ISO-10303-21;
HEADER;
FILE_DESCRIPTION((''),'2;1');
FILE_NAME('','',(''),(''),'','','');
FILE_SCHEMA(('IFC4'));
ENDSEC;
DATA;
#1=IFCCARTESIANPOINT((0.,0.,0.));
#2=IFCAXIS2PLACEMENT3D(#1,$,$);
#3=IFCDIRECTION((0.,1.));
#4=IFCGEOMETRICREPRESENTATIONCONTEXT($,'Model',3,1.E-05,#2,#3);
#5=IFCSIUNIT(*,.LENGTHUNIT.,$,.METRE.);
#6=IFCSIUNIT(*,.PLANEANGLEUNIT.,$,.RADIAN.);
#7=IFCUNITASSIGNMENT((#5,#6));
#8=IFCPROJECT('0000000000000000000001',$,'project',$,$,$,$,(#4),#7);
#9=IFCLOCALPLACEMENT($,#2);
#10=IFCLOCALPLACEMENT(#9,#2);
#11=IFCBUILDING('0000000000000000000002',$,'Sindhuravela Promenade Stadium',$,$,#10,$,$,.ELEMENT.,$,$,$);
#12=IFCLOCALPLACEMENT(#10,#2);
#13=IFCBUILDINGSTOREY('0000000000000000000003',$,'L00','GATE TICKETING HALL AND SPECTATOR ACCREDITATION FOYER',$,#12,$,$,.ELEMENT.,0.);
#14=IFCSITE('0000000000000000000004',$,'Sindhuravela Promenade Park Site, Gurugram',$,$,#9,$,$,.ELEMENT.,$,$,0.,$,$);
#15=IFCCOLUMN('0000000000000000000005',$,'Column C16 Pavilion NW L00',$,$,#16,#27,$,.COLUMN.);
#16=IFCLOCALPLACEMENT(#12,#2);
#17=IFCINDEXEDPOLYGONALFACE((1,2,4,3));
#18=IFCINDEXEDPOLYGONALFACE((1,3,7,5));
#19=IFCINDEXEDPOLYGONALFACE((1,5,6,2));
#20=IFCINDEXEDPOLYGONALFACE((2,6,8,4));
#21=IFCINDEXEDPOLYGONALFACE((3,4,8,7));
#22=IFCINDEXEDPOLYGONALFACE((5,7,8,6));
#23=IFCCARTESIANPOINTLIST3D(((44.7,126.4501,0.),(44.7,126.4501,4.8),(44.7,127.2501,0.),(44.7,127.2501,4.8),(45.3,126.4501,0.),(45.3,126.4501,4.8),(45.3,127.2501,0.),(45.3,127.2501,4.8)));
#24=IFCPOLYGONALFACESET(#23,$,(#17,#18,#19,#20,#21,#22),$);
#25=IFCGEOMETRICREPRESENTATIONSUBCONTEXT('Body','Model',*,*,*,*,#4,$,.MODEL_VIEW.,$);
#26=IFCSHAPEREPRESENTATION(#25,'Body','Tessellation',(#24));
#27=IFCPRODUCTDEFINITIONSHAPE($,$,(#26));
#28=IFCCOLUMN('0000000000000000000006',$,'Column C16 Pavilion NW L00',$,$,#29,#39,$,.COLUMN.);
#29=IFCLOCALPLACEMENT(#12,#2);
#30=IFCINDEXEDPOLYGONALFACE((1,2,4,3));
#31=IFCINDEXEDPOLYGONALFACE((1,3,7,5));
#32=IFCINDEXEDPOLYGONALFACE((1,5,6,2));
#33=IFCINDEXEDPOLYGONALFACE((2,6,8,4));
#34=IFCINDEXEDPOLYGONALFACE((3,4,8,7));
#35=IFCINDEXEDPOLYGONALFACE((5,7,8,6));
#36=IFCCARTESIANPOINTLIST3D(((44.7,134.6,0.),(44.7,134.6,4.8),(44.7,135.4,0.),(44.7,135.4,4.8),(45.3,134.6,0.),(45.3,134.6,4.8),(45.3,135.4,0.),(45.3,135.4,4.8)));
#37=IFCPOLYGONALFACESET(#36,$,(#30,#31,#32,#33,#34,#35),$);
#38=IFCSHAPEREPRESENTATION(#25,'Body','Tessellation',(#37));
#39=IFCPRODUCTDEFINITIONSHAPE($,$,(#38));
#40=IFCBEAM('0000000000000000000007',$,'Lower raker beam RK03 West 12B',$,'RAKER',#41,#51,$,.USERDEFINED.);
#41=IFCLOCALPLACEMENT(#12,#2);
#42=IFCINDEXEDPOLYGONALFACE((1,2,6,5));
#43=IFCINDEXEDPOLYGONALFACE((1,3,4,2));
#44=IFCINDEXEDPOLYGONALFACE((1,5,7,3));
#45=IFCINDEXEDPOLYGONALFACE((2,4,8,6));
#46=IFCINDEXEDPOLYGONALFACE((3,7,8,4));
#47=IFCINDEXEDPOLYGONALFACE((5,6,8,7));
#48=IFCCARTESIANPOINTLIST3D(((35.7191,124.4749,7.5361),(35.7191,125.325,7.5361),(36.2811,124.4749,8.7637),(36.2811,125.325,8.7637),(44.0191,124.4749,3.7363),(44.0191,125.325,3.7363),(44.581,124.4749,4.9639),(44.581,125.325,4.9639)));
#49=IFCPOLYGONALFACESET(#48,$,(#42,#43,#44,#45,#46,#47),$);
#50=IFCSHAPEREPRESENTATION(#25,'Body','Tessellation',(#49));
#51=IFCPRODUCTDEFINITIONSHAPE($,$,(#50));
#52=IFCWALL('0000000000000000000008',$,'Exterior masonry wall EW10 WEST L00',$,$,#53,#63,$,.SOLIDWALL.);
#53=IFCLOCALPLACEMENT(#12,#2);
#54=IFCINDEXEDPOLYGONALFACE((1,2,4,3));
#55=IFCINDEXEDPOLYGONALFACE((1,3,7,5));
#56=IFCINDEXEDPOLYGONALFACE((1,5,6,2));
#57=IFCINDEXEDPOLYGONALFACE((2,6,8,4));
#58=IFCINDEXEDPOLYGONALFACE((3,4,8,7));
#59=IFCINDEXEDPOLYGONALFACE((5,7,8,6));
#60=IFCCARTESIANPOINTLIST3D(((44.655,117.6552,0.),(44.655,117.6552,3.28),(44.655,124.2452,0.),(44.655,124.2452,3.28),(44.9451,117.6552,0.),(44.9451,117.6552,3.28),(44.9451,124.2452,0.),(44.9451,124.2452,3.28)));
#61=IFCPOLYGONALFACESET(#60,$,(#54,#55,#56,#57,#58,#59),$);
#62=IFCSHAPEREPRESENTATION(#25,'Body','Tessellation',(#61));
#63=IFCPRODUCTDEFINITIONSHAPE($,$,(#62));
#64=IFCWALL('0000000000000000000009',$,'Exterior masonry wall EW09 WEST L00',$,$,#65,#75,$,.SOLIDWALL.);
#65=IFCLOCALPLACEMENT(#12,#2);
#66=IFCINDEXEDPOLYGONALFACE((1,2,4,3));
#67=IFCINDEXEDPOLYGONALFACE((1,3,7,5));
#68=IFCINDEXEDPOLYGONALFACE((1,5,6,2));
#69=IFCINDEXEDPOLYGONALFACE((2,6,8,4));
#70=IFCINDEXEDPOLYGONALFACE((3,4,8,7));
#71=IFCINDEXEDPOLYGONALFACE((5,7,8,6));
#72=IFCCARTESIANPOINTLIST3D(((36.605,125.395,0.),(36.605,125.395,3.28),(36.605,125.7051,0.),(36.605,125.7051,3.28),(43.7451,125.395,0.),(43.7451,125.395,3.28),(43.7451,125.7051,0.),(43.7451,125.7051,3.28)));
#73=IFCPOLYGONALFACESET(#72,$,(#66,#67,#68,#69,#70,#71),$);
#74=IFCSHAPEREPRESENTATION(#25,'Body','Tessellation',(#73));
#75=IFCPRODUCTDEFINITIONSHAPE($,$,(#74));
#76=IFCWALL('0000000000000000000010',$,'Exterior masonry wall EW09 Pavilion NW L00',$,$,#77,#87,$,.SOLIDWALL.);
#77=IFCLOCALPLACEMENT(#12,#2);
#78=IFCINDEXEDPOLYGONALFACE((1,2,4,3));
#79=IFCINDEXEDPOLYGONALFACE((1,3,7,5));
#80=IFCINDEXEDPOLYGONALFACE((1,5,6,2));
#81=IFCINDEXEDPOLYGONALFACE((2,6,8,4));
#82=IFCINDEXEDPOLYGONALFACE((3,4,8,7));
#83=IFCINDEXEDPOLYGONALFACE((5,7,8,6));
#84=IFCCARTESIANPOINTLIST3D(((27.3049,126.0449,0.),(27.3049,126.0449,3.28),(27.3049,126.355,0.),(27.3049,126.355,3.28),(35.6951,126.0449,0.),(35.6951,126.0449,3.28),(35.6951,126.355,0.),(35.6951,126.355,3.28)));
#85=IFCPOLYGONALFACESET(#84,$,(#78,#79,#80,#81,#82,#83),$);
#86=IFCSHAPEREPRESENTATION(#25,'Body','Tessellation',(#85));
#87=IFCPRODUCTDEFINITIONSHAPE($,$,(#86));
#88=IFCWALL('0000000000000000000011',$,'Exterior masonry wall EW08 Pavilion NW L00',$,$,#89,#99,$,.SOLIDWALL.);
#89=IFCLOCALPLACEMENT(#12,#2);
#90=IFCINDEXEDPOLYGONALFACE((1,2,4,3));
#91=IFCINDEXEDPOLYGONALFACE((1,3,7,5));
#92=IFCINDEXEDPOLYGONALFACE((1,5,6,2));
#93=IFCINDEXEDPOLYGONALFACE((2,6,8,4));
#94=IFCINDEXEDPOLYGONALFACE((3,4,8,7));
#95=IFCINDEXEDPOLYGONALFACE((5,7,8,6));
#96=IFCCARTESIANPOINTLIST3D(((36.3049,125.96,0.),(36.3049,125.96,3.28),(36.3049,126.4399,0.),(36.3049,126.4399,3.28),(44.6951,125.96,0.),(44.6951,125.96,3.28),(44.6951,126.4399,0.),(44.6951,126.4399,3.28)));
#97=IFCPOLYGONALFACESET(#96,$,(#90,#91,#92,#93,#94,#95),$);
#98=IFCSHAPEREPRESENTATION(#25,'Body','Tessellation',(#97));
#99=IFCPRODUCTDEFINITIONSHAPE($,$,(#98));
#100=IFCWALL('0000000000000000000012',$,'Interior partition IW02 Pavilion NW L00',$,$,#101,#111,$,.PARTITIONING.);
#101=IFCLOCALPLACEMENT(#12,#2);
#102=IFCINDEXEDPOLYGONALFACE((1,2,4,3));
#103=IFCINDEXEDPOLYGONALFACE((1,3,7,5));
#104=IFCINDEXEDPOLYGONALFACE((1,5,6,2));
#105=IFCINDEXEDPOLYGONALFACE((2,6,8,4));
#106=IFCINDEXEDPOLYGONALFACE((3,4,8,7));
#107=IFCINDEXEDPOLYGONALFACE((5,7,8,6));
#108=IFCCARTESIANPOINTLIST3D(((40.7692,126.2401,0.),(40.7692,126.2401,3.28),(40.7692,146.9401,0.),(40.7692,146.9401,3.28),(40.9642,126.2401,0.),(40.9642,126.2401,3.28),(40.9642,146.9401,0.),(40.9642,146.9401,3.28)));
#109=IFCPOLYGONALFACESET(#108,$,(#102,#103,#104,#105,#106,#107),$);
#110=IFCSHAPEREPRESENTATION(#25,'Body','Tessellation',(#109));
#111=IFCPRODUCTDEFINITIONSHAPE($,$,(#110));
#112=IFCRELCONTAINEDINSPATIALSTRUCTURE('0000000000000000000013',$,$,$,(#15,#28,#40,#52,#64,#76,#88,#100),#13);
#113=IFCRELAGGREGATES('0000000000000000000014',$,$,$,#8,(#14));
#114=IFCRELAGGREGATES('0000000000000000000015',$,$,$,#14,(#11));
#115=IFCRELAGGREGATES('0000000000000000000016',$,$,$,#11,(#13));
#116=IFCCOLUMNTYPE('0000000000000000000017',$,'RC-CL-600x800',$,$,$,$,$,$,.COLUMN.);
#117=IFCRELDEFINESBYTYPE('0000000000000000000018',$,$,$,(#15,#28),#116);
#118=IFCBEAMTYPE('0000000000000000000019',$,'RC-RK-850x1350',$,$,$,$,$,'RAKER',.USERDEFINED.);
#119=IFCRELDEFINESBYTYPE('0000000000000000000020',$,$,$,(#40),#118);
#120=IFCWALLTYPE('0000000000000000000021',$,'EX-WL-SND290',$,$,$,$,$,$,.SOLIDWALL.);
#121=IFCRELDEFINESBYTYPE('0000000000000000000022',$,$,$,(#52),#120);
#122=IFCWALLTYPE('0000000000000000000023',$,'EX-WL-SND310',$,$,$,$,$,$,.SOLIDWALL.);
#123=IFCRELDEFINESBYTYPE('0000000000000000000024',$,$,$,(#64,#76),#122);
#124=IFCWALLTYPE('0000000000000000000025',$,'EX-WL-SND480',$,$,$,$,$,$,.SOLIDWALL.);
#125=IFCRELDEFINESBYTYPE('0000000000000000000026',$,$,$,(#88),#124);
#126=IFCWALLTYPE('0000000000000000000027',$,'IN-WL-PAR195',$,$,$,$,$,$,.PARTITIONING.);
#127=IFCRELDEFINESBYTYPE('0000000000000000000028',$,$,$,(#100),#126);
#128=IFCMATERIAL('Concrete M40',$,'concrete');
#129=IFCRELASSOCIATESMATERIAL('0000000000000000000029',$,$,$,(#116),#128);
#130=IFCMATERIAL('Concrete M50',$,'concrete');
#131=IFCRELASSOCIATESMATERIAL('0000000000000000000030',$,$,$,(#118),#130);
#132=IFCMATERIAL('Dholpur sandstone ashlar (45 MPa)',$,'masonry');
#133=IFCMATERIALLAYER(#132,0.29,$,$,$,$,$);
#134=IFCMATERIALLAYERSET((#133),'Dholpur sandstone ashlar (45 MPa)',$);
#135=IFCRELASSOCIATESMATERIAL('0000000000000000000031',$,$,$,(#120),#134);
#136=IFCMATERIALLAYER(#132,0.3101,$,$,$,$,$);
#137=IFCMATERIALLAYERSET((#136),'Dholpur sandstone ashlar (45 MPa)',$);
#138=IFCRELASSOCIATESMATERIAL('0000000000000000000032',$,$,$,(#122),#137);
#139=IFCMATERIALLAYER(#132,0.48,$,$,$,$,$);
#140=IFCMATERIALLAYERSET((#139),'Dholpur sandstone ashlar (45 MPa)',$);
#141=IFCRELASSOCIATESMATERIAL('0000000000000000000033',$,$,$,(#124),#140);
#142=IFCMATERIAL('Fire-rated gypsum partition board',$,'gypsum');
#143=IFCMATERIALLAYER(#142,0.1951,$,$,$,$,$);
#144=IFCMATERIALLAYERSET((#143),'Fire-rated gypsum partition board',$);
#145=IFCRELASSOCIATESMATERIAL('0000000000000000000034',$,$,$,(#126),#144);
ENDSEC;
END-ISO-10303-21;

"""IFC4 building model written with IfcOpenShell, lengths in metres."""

from ifc_helpers import new_model, si_unit, direction, frame, frame_2d, origin, origin_2d, place, context, subcontext, project, spatial, rectangle, extrude, material, layer, layer_set, material_profile, profile_set, type_object, element, save


model = new_model("IFC4")

# Units and contexts
model_context = context("Model", 3, precision=1e-05, world=origin(), true_north=direction((0.0, 1.0)))
body_context = subcontext(model_context, "Body", "Model", "MODEL_VIEW")
ifc_project = project(units=[si_unit("LENGTHUNIT", "METRE"), si_unit("PLANEANGLEUNIT", "RADIAN")], contexts=[model_context])

# Site, building, storey
site_placement = place(None, origin())
site = spatial("IfcSite", under=ifc_project, at=site_placement, Name="Sindhuravela Promenade Park Site, Gurugram", CompositionType="ELEMENT", RefElevation=0.0)
building_placement = place(site_placement, origin())
building = spatial("IfcBuilding", under=site, at=building_placement, Name="Sindhuravela Promenade Stadium", CompositionType="ELEMENT")
storey_placement = place(building_placement, origin())
storey = spatial("IfcBuildingStorey", under=building, at=storey_placement, Name="L00", Description="GATE TICKETING HALL AND SPECTATOR ACCREDITATION FOYER", CompositionType="ELEMENT", Elevation=0.0)

# Shared definitions
ifc_material_1 = material(Name="Concrete M50", Category="concrete")

# Shared definitions
ifc_material_2 = material(Name="Concrete M40", Category="concrete")

# Columns
ifc_material_profile_1 = material_profile(ifc_material_2, rectangle(XDim=0.6001, YDim=0.8, at=origin_2d()), Name="RC 600x800")
ifc_profile_set_1 = profile_set([ifc_material_profile_1], Name="Concrete M40")
column_type_1 = type_object("IfcColumnType", Name="RC-CL-600x800", PredefinedType="COLUMN", material=ifc_profile_set_1)
for number, where, z_axis, x_axis, name in (
    (1, (45.0, 126.8501, 0.0), (0.0, 0.0, 1.0), (1.0, 0.0, 0.0), "Column C16 Pavilion NW L00"),
    (2, (45.0, 135.0, 0.0), (0.0, 0.0, 1.0), (1.0, 0.0, 0.0), "Column C16 Pavilion NW L00"),
):
    element("IfcColumn", number, at=place(storey_placement, frame(where, z_axis=z_axis, x_axis=x_axis)), inside=storey, type_object=column_type_1, Name=name, PredefinedType="COLUMN", context=body_context, shape_type="SweptSolid", body=[
        extrude(rectangle(XDim=0.6001, YDim=0.8, at=origin_2d()), origin(), (0.0, 0.0, 1.0), 4.8),
    ])

# Beam
ifc_material_profile_2 = material_profile(ifc_material_1, rectangle(XDim=0.8501, YDim=1.3501, at=origin_2d()), Name="RC 850x1350")
ifc_profile_set_2 = profile_set([ifc_material_profile_2], Name="Concrete M50")
beam_type = type_object("IfcBeamType", Name="RC-RK-850x1350", ElementType="RAKER", PredefinedType="USERDEFINED", material=ifc_profile_set_2)
beam_placement = place(storey_placement, frame((44.3, 124.8999, 4.3501), z_axis=(-0.909247, 0.0, 0.416258), x_axis=(0.0, -1.0, 0.0)))
element("IfcBeam", 3, at=beam_placement, inside=storey, type_object=beam_type, Name="Lower raker beam RK03 West 12B", ObjectType="RAKER", PredefinedType="USERDEFINED", context=body_context, shape_type="SweptSolid", body=[
    extrude(rectangle(XDim=0.8501, YDim=1.3501, at=origin_2d()), origin(), (0.0, 0.0, 1.0), 9.1284),
])

# Walls
ifc_material_3 = material(Name="Dholpur sandstone ashlar (45 MPa)", Category="masonry")
ifc_layer_1 = layer(ifc_material_3, 0.29)
ifc_layer_set_1 = layer_set([ifc_layer_1], Name="Dholpur sandstone ashlar (45 MPa)")
wall_type_1 = type_object("IfcWallType", Name="EX-WL-SND290", PredefinedType="SOLIDWALL", material=ifc_layer_set_1)
wall_1_placement = place(storey_placement, frame((44.8, 124.2451, 0.0), z_axis=(0.0, 0.0, 1.0), x_axis=(0.0, -1.0, 0.0)))
element("IfcWall", 4, at=wall_1_placement, inside=storey, type_object=wall_type_1, Name="Exterior masonry wall EW10 WEST L00", PredefinedType="SOLIDWALL", context=body_context, shape_type="SweptSolid", body=[
    extrude(rectangle(XDim=6.5901, YDim=0.29, at=frame_2d((3.2949, 0.0))), origin(), (0.0, 0.0, 1.0), 3.28),
])
ifc_layer_2 = layer(ifc_material_3, 0.3101)
ifc_layer_set_2 = layer_set([ifc_layer_2], Name="Dholpur sandstone ashlar (45 MPa)")
wall_type_2 = type_object("IfcWallType", Name="EX-WL-SND310", PredefinedType="SOLIDWALL", material=ifc_layer_set_2)
wall_2_placement = place(storey_placement, frame((36.605, 125.55, 0.0), z_axis=(0.0, 0.0, 1.0), x_axis=(1.0, 0.0, 0.0)))
element("IfcWall", 5, at=wall_2_placement, inside=storey, type_object=wall_type_2, Name="Exterior masonry wall EW09 WEST L00", PredefinedType="SOLIDWALL", context=body_context, shape_type="SweptSolid", body=[
    extrude(rectangle(XDim=7.1401, YDim=0.3101, at=frame_2d((3.5701, 0.0))), origin(), (0.0, 0.0, 1.0), 3.28),
])
wall_3_placement = place(storey_placement, frame((35.6951, 126.2, 0.0), z_axis=(0.0, 0.0, 1.0), x_axis=(-1.0, 0.0, 0.0)))
element("IfcWall", 6, at=wall_3_placement, inside=storey, type_object=wall_type_2, Name="Exterior masonry wall EW09 Pavilion NW L00", PredefinedType="SOLIDWALL", context=body_context, shape_type="SweptSolid", body=[
    extrude(rectangle(XDim=8.3901, YDim=0.3101, at=frame_2d((4.1951, 0.0))), origin(), (0.0, 0.0, 1.0), 3.28),
])
ifc_layer_3 = layer(ifc_material_3, 0.48)
ifc_layer_set_3 = layer_set([ifc_layer_3], Name="Dholpur sandstone ashlar (45 MPa)")
wall_type_3 = type_object("IfcWallType", Name="EX-WL-SND480", PredefinedType="SOLIDWALL", material=ifc_layer_set_3)
wall_4_placement = place(storey_placement, frame((44.6951, 126.2, 0.0), z_axis=(0.0, 0.0, 1.0), x_axis=(-1.0, 0.0, 0.0)))
element("IfcWall", 7, at=wall_4_placement, inside=storey, type_object=wall_type_3, Name="Exterior masonry wall EW08 Pavilion NW L00", PredefinedType="SOLIDWALL", context=body_context, shape_type="SweptSolid", body=[
    extrude(rectangle(XDim=8.3901, YDim=0.48, at=frame_2d((4.1951, 0.0))), origin(), (0.0, 0.0, 1.0), 3.28),
])
ifc_material_4 = material(Name="Fire-rated gypsum partition board", Category="gypsum")
ifc_layer_4 = layer(ifc_material_4, 0.1951)
ifc_layer_set_4 = layer_set([ifc_layer_4], Name="Fire-rated gypsum partition board")
wall_type_4 = type_object("IfcWallType", Name="IN-WL-PAR195", PredefinedType="PARTITIONING", material=ifc_layer_set_4)
wall_5_placement = place(storey_placement, frame((40.8667, 126.24, 0.0), z_axis=(0.0, 0.0, 1.0), x_axis=(0.0, 1.0, 0.0)))
element("IfcWall", 8, at=wall_5_placement, inside=storey, type_object=wall_type_4, Name="Interior partition IW02 Pavilion NW L00", PredefinedType="PARTITIONING", context=body_context, shape_type="SweptSolid", body=[
    extrude(rectangle(XDim=20.7, YDim=0.1951, at=frame_2d((10.3501, 0.0))), origin(), (0.0, 0.0, 1.0), 3.28),
])

save(model, "model.ifc")
